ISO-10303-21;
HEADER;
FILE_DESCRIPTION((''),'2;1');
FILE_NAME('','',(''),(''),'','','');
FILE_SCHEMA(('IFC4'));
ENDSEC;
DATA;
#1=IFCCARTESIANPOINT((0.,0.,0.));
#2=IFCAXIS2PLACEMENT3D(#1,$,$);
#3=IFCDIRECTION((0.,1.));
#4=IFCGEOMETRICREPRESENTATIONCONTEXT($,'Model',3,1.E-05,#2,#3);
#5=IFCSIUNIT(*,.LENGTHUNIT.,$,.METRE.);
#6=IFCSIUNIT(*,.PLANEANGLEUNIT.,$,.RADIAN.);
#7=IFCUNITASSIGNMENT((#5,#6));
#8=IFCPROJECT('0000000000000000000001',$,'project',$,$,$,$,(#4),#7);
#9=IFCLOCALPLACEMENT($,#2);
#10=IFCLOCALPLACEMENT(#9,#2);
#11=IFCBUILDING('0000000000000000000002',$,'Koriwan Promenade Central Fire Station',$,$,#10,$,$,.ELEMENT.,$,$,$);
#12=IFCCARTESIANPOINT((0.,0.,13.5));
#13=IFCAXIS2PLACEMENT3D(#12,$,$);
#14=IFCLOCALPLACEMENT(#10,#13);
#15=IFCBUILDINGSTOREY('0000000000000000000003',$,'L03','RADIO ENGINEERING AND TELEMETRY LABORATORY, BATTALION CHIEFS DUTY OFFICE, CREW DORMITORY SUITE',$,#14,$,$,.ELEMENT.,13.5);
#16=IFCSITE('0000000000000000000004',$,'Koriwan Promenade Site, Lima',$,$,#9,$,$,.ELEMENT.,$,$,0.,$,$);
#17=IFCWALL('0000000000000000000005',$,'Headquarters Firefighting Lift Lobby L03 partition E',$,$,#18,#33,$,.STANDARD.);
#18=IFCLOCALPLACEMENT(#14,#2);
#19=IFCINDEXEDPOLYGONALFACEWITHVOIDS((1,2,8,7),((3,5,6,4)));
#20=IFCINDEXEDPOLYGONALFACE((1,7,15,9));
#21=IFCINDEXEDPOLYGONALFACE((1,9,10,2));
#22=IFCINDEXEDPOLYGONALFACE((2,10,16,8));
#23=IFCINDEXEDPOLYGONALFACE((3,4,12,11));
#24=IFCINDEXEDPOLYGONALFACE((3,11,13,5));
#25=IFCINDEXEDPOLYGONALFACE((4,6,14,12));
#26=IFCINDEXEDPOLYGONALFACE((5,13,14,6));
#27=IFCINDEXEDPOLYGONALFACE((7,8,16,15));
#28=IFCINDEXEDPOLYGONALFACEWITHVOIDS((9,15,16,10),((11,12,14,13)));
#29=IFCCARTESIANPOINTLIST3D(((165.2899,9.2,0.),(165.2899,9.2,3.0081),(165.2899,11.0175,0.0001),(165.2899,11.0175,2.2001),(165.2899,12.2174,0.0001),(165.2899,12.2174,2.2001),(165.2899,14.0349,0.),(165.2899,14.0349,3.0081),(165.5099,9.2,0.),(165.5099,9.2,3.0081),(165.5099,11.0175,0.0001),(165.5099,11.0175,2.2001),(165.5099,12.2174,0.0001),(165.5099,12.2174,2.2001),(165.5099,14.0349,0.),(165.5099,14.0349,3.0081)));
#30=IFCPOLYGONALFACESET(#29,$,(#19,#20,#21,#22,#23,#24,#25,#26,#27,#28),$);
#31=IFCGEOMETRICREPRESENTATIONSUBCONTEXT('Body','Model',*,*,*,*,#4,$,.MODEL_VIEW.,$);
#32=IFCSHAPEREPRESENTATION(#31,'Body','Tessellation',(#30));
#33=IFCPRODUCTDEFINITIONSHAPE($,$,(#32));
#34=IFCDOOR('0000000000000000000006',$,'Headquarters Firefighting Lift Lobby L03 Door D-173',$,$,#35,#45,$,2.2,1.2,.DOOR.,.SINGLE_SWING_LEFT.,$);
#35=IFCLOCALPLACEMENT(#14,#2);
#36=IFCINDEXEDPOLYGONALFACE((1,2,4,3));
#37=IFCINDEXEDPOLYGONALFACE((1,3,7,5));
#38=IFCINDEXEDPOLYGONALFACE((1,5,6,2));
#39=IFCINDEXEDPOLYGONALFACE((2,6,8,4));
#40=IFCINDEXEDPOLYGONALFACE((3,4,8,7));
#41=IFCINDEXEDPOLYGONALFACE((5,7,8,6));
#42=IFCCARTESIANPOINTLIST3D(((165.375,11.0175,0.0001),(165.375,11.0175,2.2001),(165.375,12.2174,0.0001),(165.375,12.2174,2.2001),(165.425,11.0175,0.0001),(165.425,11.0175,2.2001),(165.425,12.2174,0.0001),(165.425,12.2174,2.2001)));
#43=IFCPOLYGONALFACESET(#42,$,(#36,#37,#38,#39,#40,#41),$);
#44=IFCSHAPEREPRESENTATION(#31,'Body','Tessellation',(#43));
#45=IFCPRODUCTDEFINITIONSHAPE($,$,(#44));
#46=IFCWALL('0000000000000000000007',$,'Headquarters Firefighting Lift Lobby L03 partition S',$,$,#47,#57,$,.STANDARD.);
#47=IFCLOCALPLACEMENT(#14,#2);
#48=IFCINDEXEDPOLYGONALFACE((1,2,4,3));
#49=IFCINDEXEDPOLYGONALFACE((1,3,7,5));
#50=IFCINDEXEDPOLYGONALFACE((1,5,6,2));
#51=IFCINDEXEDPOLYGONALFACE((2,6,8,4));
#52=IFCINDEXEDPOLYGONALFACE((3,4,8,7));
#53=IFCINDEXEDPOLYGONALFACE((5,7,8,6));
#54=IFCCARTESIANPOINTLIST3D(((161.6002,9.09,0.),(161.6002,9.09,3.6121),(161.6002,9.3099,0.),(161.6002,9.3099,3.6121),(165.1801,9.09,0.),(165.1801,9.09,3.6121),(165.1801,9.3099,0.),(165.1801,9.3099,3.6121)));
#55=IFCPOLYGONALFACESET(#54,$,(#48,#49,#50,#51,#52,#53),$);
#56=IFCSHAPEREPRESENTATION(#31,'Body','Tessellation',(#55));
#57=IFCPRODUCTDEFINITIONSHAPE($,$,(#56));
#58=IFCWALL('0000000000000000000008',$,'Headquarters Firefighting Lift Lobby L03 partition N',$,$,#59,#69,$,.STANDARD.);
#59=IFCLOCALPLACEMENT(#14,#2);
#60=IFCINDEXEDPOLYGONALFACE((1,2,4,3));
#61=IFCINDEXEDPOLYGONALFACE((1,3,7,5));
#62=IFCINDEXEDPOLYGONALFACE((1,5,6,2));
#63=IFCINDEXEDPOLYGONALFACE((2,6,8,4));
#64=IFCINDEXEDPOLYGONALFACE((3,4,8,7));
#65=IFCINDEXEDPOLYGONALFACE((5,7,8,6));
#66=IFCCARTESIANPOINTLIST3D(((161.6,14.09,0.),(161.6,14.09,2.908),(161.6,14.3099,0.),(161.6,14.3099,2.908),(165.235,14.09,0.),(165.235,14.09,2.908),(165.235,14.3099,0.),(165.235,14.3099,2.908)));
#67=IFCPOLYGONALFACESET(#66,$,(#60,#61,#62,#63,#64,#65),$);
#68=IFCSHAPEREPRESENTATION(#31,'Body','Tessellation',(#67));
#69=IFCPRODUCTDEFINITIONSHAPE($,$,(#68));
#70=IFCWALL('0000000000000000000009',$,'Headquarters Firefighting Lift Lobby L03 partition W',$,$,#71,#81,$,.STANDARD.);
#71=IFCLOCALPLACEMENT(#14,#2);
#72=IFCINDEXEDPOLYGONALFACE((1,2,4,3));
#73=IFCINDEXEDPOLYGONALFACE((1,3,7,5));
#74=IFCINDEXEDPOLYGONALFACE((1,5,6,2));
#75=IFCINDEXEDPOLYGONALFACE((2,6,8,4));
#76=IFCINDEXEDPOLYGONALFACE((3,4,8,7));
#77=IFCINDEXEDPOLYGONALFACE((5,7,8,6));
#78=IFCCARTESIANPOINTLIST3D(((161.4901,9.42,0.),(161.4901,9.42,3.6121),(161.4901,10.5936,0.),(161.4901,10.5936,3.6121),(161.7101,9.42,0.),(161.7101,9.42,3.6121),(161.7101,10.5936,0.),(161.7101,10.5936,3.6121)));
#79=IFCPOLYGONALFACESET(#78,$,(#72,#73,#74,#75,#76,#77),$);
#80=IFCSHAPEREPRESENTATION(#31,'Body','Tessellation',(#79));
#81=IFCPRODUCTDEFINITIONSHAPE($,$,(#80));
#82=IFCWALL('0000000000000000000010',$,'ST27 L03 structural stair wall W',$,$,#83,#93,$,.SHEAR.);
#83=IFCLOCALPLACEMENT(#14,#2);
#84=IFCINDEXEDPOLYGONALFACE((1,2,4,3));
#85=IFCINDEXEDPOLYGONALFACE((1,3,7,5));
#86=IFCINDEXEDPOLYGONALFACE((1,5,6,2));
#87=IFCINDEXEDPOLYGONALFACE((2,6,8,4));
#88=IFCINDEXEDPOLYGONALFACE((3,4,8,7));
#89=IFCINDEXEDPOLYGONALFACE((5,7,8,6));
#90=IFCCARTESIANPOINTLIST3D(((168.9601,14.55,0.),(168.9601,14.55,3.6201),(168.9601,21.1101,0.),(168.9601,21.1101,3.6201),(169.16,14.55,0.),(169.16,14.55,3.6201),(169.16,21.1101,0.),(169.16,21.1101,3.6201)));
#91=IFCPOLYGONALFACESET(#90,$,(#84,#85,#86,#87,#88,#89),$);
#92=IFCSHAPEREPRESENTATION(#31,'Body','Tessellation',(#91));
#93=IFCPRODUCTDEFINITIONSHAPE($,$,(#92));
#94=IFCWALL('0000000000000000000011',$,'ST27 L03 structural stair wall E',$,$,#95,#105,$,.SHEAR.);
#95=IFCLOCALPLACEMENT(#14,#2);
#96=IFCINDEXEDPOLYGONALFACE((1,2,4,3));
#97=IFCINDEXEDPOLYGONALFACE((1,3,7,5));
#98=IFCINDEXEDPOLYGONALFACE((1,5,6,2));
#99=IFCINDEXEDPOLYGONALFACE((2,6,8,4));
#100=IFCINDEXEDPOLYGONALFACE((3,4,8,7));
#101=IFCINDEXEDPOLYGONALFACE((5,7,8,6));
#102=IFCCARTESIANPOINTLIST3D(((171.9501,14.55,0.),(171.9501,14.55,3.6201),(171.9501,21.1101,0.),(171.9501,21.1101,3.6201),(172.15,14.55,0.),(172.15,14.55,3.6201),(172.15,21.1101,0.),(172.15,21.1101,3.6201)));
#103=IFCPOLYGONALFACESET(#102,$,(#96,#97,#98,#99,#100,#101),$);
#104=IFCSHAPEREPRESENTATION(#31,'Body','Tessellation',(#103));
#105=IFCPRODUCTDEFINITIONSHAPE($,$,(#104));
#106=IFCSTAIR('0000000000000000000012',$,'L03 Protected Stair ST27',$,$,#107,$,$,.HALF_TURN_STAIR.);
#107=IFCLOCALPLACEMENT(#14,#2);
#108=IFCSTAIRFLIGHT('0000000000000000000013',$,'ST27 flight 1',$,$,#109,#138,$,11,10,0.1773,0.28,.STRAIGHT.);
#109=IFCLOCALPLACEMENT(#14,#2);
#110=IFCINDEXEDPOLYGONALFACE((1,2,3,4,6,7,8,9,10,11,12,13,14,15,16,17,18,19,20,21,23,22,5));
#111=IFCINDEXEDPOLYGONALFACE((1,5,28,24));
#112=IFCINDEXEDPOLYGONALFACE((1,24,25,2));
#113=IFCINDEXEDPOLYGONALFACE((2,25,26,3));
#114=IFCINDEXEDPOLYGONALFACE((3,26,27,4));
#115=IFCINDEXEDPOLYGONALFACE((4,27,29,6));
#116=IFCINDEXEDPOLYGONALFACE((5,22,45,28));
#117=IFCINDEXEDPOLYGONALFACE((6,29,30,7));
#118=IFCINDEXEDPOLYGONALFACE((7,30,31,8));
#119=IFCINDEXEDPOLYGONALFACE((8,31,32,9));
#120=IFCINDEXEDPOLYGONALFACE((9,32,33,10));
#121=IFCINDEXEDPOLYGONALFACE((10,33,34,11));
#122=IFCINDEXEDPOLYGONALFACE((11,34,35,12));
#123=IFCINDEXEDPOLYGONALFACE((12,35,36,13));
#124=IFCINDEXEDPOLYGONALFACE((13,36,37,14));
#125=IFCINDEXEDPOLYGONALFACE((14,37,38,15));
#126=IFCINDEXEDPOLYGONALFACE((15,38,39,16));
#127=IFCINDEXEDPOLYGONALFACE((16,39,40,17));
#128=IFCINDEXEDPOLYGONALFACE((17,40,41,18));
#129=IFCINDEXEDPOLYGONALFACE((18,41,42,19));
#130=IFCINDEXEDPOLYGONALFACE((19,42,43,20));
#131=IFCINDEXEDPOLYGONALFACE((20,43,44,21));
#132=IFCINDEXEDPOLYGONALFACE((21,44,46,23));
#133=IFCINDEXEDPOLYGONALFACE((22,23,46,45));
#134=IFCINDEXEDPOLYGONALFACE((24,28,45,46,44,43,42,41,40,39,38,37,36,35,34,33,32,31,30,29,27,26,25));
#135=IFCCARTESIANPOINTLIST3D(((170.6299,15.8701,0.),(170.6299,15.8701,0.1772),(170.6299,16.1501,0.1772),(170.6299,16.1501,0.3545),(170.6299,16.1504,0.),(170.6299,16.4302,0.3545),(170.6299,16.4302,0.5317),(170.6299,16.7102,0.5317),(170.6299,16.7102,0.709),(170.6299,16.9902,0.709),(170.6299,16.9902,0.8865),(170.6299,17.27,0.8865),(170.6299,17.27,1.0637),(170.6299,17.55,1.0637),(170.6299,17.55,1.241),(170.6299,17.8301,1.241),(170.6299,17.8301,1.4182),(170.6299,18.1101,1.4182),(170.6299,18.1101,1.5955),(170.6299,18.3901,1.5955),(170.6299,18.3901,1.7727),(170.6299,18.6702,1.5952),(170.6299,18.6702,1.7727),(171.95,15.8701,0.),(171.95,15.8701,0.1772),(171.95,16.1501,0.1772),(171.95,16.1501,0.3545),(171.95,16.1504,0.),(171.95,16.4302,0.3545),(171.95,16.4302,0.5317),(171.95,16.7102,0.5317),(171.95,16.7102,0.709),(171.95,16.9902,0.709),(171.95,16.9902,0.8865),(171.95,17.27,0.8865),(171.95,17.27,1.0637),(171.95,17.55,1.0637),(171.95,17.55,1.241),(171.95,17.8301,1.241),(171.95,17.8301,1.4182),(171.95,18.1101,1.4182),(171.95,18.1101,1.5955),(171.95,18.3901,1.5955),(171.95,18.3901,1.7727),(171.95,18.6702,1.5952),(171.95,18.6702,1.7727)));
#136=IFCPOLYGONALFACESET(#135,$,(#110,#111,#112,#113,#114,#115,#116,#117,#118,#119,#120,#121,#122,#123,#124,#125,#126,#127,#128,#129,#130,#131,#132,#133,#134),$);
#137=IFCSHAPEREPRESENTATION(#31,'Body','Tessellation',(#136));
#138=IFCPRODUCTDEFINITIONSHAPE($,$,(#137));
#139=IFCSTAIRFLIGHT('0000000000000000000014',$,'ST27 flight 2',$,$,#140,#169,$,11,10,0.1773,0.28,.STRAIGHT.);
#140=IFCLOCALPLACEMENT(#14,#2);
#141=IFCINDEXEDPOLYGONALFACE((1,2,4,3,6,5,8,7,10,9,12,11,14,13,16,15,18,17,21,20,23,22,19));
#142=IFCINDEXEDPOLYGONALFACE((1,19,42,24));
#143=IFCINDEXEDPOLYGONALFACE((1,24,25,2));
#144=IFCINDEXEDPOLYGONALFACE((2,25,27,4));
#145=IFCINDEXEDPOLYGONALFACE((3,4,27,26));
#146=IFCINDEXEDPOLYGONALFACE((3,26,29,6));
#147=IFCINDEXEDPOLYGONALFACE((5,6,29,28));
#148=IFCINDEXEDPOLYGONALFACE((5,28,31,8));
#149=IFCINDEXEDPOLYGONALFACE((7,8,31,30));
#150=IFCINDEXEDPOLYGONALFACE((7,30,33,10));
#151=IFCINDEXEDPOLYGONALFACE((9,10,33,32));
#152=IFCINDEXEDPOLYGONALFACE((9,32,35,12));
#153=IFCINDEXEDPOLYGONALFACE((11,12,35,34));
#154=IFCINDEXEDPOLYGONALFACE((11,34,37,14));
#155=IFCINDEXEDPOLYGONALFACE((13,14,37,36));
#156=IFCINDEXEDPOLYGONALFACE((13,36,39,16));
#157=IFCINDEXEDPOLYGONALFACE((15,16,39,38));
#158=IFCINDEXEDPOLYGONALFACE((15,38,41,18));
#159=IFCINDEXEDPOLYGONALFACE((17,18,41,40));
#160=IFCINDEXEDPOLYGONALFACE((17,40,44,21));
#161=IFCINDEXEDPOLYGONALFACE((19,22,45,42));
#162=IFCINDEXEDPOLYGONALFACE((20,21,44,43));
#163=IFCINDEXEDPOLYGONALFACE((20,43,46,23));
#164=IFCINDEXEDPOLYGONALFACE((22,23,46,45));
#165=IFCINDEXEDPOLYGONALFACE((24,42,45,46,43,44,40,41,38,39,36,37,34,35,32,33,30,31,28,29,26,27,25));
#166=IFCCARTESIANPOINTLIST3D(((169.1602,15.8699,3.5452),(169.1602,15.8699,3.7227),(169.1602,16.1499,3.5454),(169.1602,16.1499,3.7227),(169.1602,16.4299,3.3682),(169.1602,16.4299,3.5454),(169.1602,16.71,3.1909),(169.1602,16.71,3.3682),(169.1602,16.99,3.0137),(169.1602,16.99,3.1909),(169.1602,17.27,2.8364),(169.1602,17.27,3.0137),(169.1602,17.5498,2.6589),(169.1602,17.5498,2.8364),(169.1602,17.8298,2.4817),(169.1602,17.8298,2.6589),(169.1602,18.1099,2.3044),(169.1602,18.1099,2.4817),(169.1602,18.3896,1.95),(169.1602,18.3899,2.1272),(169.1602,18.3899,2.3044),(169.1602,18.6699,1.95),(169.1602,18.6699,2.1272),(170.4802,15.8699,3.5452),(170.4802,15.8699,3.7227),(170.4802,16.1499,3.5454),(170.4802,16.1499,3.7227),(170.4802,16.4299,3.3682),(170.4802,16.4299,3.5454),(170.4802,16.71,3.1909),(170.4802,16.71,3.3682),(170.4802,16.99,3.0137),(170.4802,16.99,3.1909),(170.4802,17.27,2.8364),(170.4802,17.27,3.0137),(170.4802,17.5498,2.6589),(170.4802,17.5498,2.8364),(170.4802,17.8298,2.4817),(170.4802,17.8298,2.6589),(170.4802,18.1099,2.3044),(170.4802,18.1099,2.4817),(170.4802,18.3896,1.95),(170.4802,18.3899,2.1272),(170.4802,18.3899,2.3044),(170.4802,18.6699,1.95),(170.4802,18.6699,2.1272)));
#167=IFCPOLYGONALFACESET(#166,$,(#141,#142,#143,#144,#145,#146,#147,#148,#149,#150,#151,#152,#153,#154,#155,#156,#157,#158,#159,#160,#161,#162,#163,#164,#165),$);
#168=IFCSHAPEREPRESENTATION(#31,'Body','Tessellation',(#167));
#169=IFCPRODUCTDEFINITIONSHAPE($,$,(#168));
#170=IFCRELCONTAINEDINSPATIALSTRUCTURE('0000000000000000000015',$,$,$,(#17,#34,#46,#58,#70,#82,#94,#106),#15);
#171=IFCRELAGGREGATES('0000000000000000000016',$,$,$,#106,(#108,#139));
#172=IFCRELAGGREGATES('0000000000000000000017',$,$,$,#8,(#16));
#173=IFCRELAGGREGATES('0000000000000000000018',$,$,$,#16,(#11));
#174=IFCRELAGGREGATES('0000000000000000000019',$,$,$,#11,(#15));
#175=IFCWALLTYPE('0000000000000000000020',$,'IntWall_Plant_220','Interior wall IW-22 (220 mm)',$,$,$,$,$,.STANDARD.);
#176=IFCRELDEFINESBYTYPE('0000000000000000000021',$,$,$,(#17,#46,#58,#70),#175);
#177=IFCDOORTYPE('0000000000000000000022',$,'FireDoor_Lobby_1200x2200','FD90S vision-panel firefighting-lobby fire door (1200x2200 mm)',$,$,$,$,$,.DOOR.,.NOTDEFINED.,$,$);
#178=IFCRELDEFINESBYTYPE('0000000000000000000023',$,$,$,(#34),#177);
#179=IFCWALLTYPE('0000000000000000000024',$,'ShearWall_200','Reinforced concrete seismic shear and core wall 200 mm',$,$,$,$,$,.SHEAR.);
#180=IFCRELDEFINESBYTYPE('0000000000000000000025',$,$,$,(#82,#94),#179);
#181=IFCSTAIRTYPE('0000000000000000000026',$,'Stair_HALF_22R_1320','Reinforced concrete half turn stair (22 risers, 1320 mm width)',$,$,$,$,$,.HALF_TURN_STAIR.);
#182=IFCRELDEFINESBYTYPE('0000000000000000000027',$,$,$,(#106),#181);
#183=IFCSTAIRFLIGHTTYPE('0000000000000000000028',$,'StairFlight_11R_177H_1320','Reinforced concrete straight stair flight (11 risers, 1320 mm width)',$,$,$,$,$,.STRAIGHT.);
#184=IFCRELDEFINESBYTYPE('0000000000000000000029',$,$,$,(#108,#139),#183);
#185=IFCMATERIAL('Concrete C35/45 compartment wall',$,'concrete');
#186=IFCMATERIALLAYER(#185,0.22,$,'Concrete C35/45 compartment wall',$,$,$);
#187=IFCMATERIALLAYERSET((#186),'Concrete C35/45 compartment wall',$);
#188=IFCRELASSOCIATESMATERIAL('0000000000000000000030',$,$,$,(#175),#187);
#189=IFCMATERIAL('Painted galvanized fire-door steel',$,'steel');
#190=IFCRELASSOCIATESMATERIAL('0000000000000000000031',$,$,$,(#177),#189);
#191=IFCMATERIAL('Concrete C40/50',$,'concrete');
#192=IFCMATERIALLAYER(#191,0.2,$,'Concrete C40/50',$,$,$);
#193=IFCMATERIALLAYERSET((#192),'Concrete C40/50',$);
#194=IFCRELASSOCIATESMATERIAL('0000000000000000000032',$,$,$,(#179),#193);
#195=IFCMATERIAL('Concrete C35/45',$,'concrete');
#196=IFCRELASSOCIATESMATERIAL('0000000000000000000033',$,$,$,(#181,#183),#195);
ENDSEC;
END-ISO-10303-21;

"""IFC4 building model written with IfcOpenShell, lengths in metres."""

from ifc_helpers import new_model, si_unit, direction, frame, frame_2d, origin, place, context, subcontext, project, spatial, polyline, rectangle, outline, extrude, material, layer, layer_set, type_object, element, fill, aggregate, save


model = new_model("IFC4")

# Units and contexts
model_context = context("Model", 3, precision=1e-05, world=origin(), true_north=direction((0.0, 1.0)))
body_context = subcontext(model_context, "Body", "Model", "MODEL_VIEW")
ifc_project = project(units=[si_unit("LENGTHUNIT", "METRE"), si_unit("PLANEANGLEUNIT", "RADIAN")], contexts=[model_context])

# Site, building, storey
site_placement = place(None, origin())
site = spatial("IfcSite", under=ifc_project, at=site_placement, Name="Koriwan Promenade Site, Lima", CompositionType="ELEMENT", RefElevation=0.0)
building_placement = place(site_placement, origin())
building = spatial("IfcBuilding", under=site, at=building_placement, Name="Koriwan Promenade Central Fire Station", CompositionType="ELEMENT")
storey_placement = place(building_placement, frame((0.0, 0.0, 13.5)))
storey = spatial("IfcBuildingStorey", under=building, at=storey_placement, Name="L03", Description="RADIO ENGINEERING AND TELEMETRY LABORATORY, BATTALION CHIEFS DUTY OFFICE, CREW DORMITORY SUITE", CompositionType="ELEMENT", Elevation=13.5)

# Shared definitions
ifc_material_1 = material(Name="Concrete C40/50", Category="concrete")

# Shared definitions
ifc_material_2 = material(Name="Concrete C35/45", Category="concrete")

# Wall, opening, door
ifc_material_3 = material(Name="Concrete C35/45 compartment wall", Category="concrete")
ifc_layer_1 = layer(ifc_material_3, 0.22, Name="Concrete C35/45 compartment wall")
ifc_layer_set_1 = layer_set([ifc_layer_1], Name="Concrete C35/45 compartment wall")
wall_type_1 = type_object("IfcWallType", Name="IntWall_Plant_220", Description="Interior wall IW-22 (220 mm)", PredefinedType="STANDARD", material=ifc_layer_set_1)
wall_1_placement = place(storey_placement, frame((165.3999, 9.2, 0.0), z_axis=(0.0, 0.0, 1.0), x_axis=(0.0, 1.0, 0.0)))
wall_1 = element("IfcWall", 1, at=wall_1_placement, inside=storey, type_object=wall_type_1, Name="Headquarters Firefighting Lift Lobby L03 partition E", PredefinedType="STANDARD", context=body_context, shape_type="SweptSolid", body=[
    extrude(rectangle(XDim=4.835, YDim=0.22, at=frame_2d((2.4175, 0.0))), origin(), (0.0, 0.0, 1.0), 3.0081),
])
opening_1_placement = place(wall_1_placement, frame((1.8174, 0.0, 0.0)))
opening_1 = element("IfcOpeningElement", 2, at=opening_1_placement, cuts=wall_1, PredefinedType="OPENING", context=body_context, shape_type="SweptSolid", body=[
    extrude(rectangle(XDim=1.2, YDim=2.2, at=frame_2d((0.6001, 1.1001))), frame((0.0, 0.1221, 0.0), z_axis=(0.0, -1.0, 0.0), x_axis=(1.0, 0.0, 0.0)), (0.0, 0.0, 1.0), 0.2439),
])
ifc_material_4 = material(Name="Painted galvanized fire-door steel", Category="steel")
door_type_1 = type_object("IfcDoorType", Name="FireDoor_Lobby_1200x2200", Description="FD90S vision-panel firefighting-lobby fire door (1200x2200 mm)", OperationType="NOTDEFINED", PredefinedType="DOOR", material=ifc_material_4)
door_1_placement = place(opening_1_placement, origin())
door_1 = element("IfcDoor", 3, at=door_1_placement, inside=storey, type_object=door_type_1, Name="Headquarters Firefighting Lift Lobby L03 Door D-173", OperationType="SINGLE_SWING_LEFT", OverallHeight=2.2, OverallWidth=1.2, PredefinedType="DOOR", context=body_context, shape_type="SweptSolid", body=[
    extrude(rectangle(XDim=1.2, YDim=2.2, at=frame_2d((0.6001, 1.1001))), frame((0.0, 0.0249, 0.0), z_axis=(0.0, -1.0, 0.0), x_axis=(1.0, 0.0, 0.0)), (0.0, 0.0, 1.0), 0.05),
])
fill(opening_1, door_1)

# Walls
wall_2_placement = place(storey_placement, frame((161.6001, 9.2, 0.0), z_axis=(0.0, 0.0, 1.0), x_axis=(1.0, 0.0, 0.0)))
element("IfcWall", 4, at=wall_2_placement, inside=storey, type_object=wall_type_1, Name="Headquarters Firefighting Lift Lobby L03 partition S", PredefinedType="STANDARD", context=body_context, shape_type="SweptSolid", body=[
    extrude(rectangle(XDim=3.5798, YDim=0.22, at=frame_2d((1.79, 0.0))), origin(), (0.0, 0.0, 1.0), 3.6121),
])
wall_3_placement = place(storey_placement, frame((161.6001, 14.2, 0.0), z_axis=(0.0, 0.0, 1.0), x_axis=(1.0, 0.0, 0.0)))
element("IfcWall", 5, at=wall_3_placement, inside=storey, type_object=wall_type_1, Name="Headquarters Firefighting Lift Lobby L03 partition N", PredefinedType="STANDARD", context=body_context, shape_type="SweptSolid", body=[
    extrude(rectangle(XDim=3.635, YDim=0.22, at=frame_2d((1.8174, 0.0))), origin(), (0.0, 0.0, 1.0), 2.908),
])
wall_4_placement = place(storey_placement, frame((161.6001, 9.4199, 0.0), z_axis=(0.0, 0.0, 1.0), x_axis=(0.0, 1.0, 0.0)))
element("IfcWall", 6, at=wall_4_placement, inside=storey, type_object=wall_type_1, Name="Headquarters Firefighting Lift Lobby L03 partition W", PredefinedType="STANDARD", context=body_context, shape_type="SweptSolid", body=[
    extrude(rectangle(XDim=1.1736, YDim=0.22, at=frame_2d((0.5869, 0.0))), origin(), (0.0, 0.0, 1.0), 3.6121),
])

# Shared definitions
ifc_layer_2 = layer(ifc_material_1, 0.2, Name="Concrete C40/50")
ifc_layer_set_2 = layer_set([ifc_layer_2], Name="Concrete C40/50")
wall_type_2 = type_object("IfcWallType", Name="ShearWall_200", Description="Reinforced concrete seismic shear and core wall 200 mm", PredefinedType="SHEAR", material=ifc_layer_set_2)

# Walls
for number, where, z_axis, x_axis, name in (
    (7, (169.0601, 14.55, 0.0), (0.0, 0.0, 1.0), (0.0, 1.0, 0.0), "ST27 L03 structural stair wall W"),
    (8, (172.05, 14.55, 0.0), (0.0, 0.0, 1.0), (0.0, 1.0, 0.0), "ST27 L03 structural stair wall E"),
):
    element("IfcWall", number, at=place(storey_placement, frame(where, z_axis=z_axis, x_axis=x_axis)), inside=storey, type_object=wall_type_2, Name=name, PredefinedType="SHEAR", context=body_context, shape_type="SweptSolid", body=[
        extrude(rectangle(XDim=6.5601, YDim=0.2, at=frame_2d((3.28, 0.0))), origin(), (0.0, 0.0, 1.0), 3.6201),
    ])

# Stair, stair flights
stair_type = type_object("IfcStairType", Name="Stair_HALF_22R_1320", Description="Reinforced concrete half turn stair (22 risers, 1320 mm width)", PredefinedType="HALF_TURN_STAIR", material=ifc_material_2)
stair_placement = place(storey_placement, origin())
stair = element("IfcStair", 9, at=stair_placement, inside=storey, type_object=stair_type, Name="L03 Protected Stair ST27", PredefinedType="HALF_TURN_STAIR")
stair_flight_type = type_object("IfcStairFlightType", Name="StairFlight_11R_177H_1320", Description="Reinforced concrete straight stair flight (11 risers, 1320 mm width)", PredefinedType="STRAIGHT", material=ifc_material_2)
stair_flight_1_placement = place(storey_placement, frame((171.29, 15.8701, 0.0), z_axis=(0.0, 0.0, 1.0), x_axis=(0.0, 1.0, 0.0)))
stair_flight_1 = element("IfcStairFlight", 10, at=stair_flight_1_placement, type_object=stair_flight_type, Name="ST27 flight 1", NumberOfRisers=11, NumberOfTreads=10, PredefinedType="STRAIGHT", RiserHeight=0.1773, TreadLength=0.28, context=body_context, shape_type="SweptSolid", body=[
    extrude(outline(polyline([(0.0, 0.0), (0.0, 0.1772), (0.28, 0.1772), (0.28, 0.3545), (0.5601, 0.3545), (0.5601, 0.5317), (0.8401, 0.5317), (0.8401, 0.709), (1.1201, 0.709), (1.1201, 0.8865), (1.3999, 0.8865), (1.3999, 1.0637), (1.6799, 1.0637), (1.6799, 1.241), (1.96, 1.241), (1.96, 1.4182), (2.24, 1.4182), (2.24, 1.5955), (2.52, 1.5955), (2.52, 1.7727), (2.8, 1.7727), (2.8, 1.95), (2.8, 1.5952), (0.2803, 0.0), (0.0, 0.0)])), frame((0.0, 0.6602, 0.0), z_axis=(0.0, -1.0, 0.0), x_axis=(1.0, 0.0, 0.0)), (0.0, 0.0, 1.0), 1.3201),
])
stair_flight_2_placement = place(storey_placement, frame((169.8201, 18.6699, 1.95), z_axis=(0.0, 0.0, 1.0), x_axis=(0.0, -1.0, 0.0)))
stair_flight_2 = element("IfcStairFlight", 11, at=stair_flight_2_placement, type_object=stair_flight_type, Name="ST27 flight 2", NumberOfRisers=11, NumberOfTreads=10, PredefinedType="STRAIGHT", RiserHeight=0.1773, TreadLength=0.28, context=body_context, shape_type="SweptSolid", body=[
    extrude(outline(polyline([(0.0, 0.0), (0.0, 0.1772), (0.28, 0.1772), (0.28, 0.3545), (0.5601, 0.3545), (0.5601, 0.5317), (0.8401, 0.5317), (0.8401, 0.709), (1.1201, 0.709), (1.1201, 0.8865), (1.3999, 0.8865), (1.3999, 1.0637), (1.6799, 1.0637), (1.6799, 1.241), (1.96, 1.241), (1.96, 1.4182), (2.24, 1.4182), (2.24, 1.5955), (2.52, 1.5955), (2.52, 1.7727), (2.8, 1.7727), (2.8, 1.95), (2.8, 1.5952), (0.2803, 0.0), (0.0, 0.0)])), frame((0.0, 0.6602, 0.0), z_axis=(0.0, -1.0, 0.0), x_axis=(1.0, 0.0, 0.0)), (0.0, 0.0, 1.0), 1.3201),
])
aggregate(stair, [stair_flight_1, stair_flight_2])

save(model, "model.ifc")
